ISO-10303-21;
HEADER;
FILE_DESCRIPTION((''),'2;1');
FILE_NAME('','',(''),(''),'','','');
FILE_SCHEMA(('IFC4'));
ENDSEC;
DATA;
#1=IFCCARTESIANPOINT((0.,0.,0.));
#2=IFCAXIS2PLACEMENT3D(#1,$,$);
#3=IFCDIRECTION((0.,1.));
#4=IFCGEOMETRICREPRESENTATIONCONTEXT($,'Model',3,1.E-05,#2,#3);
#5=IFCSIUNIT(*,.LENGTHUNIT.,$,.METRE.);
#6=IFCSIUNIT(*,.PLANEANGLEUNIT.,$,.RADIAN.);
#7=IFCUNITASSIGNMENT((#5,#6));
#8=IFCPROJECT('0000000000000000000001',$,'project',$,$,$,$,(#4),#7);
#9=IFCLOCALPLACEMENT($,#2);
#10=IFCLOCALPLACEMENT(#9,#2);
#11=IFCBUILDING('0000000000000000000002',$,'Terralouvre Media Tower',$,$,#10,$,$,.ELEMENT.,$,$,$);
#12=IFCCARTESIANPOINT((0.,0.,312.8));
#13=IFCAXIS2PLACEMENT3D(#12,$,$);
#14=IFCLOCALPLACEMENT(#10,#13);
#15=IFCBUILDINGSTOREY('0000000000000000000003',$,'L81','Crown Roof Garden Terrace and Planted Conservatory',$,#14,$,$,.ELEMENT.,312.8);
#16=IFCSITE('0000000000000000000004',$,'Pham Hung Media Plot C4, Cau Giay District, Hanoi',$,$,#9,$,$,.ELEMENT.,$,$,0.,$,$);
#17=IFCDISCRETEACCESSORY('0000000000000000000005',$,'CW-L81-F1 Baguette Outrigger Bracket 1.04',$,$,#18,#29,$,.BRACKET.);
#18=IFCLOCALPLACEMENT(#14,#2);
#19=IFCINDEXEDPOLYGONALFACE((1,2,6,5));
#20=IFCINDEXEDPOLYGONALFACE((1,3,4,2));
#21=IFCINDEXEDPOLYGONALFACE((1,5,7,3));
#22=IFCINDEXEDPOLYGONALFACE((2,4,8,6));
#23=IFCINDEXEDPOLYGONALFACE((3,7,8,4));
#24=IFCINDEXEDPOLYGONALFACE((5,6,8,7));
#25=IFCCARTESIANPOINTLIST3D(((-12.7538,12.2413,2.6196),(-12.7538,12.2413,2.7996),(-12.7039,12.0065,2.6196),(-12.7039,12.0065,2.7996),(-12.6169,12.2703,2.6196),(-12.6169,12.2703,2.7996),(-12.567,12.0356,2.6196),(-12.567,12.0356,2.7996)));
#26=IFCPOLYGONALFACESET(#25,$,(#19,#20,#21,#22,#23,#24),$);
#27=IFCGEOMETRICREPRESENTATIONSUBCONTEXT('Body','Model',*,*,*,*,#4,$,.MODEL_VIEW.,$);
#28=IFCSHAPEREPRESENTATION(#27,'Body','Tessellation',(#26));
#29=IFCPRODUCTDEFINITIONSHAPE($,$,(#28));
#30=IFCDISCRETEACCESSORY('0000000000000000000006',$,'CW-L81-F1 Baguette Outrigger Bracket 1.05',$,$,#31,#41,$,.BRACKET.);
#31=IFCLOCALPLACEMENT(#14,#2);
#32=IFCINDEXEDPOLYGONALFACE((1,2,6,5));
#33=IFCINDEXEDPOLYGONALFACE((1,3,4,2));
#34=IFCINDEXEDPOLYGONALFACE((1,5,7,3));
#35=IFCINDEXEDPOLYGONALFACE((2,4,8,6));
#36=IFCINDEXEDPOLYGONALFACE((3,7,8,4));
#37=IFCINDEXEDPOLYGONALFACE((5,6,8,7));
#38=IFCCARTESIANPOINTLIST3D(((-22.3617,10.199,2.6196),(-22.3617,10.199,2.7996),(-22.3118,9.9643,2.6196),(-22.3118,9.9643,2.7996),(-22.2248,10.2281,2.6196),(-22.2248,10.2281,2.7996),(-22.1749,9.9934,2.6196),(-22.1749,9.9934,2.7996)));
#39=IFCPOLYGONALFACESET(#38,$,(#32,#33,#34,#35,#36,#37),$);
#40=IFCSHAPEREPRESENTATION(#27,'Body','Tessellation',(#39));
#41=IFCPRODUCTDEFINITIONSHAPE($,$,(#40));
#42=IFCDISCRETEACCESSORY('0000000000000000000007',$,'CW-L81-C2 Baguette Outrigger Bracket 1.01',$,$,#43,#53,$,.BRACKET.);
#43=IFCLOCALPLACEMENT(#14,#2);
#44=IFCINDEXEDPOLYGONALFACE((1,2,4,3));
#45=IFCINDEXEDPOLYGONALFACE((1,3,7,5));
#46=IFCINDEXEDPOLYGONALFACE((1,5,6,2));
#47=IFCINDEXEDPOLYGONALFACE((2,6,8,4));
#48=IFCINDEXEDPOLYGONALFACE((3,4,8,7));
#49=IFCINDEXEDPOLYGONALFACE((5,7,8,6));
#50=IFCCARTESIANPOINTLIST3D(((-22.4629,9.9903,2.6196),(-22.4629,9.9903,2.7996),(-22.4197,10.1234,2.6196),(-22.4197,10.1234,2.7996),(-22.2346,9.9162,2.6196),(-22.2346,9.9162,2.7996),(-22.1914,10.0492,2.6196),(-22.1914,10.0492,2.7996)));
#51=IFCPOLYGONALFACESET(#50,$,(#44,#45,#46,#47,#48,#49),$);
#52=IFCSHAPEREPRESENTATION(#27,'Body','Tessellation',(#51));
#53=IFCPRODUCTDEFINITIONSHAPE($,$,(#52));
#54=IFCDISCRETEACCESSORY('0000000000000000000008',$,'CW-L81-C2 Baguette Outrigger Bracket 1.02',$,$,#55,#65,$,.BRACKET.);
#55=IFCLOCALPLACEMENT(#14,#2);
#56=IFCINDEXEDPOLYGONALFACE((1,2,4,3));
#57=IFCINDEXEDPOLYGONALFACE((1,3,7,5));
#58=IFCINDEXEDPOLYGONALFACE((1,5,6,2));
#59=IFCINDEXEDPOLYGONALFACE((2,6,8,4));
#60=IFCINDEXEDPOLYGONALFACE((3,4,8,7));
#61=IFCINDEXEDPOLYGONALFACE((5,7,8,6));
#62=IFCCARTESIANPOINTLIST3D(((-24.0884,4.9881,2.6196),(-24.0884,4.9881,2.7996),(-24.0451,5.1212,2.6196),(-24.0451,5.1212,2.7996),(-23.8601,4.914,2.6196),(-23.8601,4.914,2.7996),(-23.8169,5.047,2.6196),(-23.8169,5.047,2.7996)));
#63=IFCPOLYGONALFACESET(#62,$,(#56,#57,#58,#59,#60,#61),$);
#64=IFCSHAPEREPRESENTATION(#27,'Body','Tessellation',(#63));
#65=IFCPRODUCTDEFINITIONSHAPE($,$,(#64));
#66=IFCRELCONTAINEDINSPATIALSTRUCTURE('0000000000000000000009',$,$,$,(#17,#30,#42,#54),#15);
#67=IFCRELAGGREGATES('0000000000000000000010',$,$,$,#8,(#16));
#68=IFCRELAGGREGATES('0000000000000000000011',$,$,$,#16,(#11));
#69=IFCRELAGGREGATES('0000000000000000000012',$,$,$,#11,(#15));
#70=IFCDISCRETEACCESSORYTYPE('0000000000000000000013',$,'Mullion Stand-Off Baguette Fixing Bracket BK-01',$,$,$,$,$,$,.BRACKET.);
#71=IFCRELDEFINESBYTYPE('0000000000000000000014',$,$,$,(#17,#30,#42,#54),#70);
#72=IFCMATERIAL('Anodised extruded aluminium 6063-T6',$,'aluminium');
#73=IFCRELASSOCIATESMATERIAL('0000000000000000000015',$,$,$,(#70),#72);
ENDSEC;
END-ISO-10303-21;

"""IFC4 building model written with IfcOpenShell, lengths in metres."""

from ifc_helpers import new_model, si_unit, direction, frame, origin, origin_2d, place, context, subcontext, project, spatial, rectangle, extrude, material, type_object, element, save


model = new_model("IFC4")

# Units and contexts
model_context = context("Model", 3, precision=1e-05, world=origin(), true_north=direction((0.0, 1.0)))
body_context = subcontext(model_context, "Body", "Model", "MODEL_VIEW")
ifc_project = project(units=[si_unit("LENGTHUNIT", "METRE"), si_unit("PLANEANGLEUNIT", "RADIAN")], contexts=[model_context])

# Site, building, storey
site_placement = place(None, origin())
site = spatial("IfcSite", under=ifc_project, at=site_placement, Name="Pham Hung Media Plot C4, Cau Giay District, Hanoi", CompositionType="ELEMENT", RefElevation=0.0)
building_placement = place(site_placement, origin())
building = spatial("IfcBuilding", under=site, at=building_placement, Name="Terralouvre Media Tower", CompositionType="ELEMENT")
storey_placement = place(building_placement, frame((0.0, 0.0, 312.8)))
storey = spatial("IfcBuildingStorey", under=building, at=storey_placement, Name="L81", Description="Crown Roof Garden Terrace and Planted Conservatory", CompositionType="ELEMENT", Elevation=312.8)

# Discrete accessories
ifc_material_1 = material(Name="Anodised extruded aluminium 6063-T6", Category="aluminium")
discrete_accessory_type = type_object("IfcDiscreteAccessoryType", Name="Mullion Stand-Off Baguette Fixing Bracket BK-01", PredefinedType="BRACKET", material=ifc_material_1)
for number, where, z_axis, x_axis, name in (
    (1, (-12.6604, 12.1384, 2.6196), (0.0, 0.0, 1.0), (-0.978148, -0.207912, 0.0), "CW-L81-F1 Baguette Outrigger Bracket 1.04"),
    (2, (-22.2683, 10.0962, 2.6196), (0.0, 0.0, 1.0), (-0.978148, -0.207912, 0.0), "CW-L81-F1 Baguette Outrigger Bracket 1.05"),
    (3, (-22.3271, 10.0198, 2.6196), (0.0, 0.0, 1.0), (-0.309018, -0.951056, 0.0), "CW-L81-C2 Baguette Outrigger Bracket 1.01"),
    (4, (-23.9526, 5.0176, 2.6196), (0.0, 0.0, 1.0), (-0.309018, -0.951056, 0.0), "CW-L81-C2 Baguette Outrigger Bracket 1.02"),
):
    element("IfcDiscreteAccessory", number, at=place(storey_placement, frame(where, z_axis=z_axis, x_axis=x_axis)), inside=storey, type_object=discrete_accessory_type, Name=name, PredefinedType="BRACKET", context=body_context, shape_type="SweptSolid", body=[
        extrude(rectangle(XDim=0.1399, YDim=0.24, at=origin_2d()), origin(), (0.0, 0.0, 1.0), 0.1799),
    ])

save(model, "model.ifc")
